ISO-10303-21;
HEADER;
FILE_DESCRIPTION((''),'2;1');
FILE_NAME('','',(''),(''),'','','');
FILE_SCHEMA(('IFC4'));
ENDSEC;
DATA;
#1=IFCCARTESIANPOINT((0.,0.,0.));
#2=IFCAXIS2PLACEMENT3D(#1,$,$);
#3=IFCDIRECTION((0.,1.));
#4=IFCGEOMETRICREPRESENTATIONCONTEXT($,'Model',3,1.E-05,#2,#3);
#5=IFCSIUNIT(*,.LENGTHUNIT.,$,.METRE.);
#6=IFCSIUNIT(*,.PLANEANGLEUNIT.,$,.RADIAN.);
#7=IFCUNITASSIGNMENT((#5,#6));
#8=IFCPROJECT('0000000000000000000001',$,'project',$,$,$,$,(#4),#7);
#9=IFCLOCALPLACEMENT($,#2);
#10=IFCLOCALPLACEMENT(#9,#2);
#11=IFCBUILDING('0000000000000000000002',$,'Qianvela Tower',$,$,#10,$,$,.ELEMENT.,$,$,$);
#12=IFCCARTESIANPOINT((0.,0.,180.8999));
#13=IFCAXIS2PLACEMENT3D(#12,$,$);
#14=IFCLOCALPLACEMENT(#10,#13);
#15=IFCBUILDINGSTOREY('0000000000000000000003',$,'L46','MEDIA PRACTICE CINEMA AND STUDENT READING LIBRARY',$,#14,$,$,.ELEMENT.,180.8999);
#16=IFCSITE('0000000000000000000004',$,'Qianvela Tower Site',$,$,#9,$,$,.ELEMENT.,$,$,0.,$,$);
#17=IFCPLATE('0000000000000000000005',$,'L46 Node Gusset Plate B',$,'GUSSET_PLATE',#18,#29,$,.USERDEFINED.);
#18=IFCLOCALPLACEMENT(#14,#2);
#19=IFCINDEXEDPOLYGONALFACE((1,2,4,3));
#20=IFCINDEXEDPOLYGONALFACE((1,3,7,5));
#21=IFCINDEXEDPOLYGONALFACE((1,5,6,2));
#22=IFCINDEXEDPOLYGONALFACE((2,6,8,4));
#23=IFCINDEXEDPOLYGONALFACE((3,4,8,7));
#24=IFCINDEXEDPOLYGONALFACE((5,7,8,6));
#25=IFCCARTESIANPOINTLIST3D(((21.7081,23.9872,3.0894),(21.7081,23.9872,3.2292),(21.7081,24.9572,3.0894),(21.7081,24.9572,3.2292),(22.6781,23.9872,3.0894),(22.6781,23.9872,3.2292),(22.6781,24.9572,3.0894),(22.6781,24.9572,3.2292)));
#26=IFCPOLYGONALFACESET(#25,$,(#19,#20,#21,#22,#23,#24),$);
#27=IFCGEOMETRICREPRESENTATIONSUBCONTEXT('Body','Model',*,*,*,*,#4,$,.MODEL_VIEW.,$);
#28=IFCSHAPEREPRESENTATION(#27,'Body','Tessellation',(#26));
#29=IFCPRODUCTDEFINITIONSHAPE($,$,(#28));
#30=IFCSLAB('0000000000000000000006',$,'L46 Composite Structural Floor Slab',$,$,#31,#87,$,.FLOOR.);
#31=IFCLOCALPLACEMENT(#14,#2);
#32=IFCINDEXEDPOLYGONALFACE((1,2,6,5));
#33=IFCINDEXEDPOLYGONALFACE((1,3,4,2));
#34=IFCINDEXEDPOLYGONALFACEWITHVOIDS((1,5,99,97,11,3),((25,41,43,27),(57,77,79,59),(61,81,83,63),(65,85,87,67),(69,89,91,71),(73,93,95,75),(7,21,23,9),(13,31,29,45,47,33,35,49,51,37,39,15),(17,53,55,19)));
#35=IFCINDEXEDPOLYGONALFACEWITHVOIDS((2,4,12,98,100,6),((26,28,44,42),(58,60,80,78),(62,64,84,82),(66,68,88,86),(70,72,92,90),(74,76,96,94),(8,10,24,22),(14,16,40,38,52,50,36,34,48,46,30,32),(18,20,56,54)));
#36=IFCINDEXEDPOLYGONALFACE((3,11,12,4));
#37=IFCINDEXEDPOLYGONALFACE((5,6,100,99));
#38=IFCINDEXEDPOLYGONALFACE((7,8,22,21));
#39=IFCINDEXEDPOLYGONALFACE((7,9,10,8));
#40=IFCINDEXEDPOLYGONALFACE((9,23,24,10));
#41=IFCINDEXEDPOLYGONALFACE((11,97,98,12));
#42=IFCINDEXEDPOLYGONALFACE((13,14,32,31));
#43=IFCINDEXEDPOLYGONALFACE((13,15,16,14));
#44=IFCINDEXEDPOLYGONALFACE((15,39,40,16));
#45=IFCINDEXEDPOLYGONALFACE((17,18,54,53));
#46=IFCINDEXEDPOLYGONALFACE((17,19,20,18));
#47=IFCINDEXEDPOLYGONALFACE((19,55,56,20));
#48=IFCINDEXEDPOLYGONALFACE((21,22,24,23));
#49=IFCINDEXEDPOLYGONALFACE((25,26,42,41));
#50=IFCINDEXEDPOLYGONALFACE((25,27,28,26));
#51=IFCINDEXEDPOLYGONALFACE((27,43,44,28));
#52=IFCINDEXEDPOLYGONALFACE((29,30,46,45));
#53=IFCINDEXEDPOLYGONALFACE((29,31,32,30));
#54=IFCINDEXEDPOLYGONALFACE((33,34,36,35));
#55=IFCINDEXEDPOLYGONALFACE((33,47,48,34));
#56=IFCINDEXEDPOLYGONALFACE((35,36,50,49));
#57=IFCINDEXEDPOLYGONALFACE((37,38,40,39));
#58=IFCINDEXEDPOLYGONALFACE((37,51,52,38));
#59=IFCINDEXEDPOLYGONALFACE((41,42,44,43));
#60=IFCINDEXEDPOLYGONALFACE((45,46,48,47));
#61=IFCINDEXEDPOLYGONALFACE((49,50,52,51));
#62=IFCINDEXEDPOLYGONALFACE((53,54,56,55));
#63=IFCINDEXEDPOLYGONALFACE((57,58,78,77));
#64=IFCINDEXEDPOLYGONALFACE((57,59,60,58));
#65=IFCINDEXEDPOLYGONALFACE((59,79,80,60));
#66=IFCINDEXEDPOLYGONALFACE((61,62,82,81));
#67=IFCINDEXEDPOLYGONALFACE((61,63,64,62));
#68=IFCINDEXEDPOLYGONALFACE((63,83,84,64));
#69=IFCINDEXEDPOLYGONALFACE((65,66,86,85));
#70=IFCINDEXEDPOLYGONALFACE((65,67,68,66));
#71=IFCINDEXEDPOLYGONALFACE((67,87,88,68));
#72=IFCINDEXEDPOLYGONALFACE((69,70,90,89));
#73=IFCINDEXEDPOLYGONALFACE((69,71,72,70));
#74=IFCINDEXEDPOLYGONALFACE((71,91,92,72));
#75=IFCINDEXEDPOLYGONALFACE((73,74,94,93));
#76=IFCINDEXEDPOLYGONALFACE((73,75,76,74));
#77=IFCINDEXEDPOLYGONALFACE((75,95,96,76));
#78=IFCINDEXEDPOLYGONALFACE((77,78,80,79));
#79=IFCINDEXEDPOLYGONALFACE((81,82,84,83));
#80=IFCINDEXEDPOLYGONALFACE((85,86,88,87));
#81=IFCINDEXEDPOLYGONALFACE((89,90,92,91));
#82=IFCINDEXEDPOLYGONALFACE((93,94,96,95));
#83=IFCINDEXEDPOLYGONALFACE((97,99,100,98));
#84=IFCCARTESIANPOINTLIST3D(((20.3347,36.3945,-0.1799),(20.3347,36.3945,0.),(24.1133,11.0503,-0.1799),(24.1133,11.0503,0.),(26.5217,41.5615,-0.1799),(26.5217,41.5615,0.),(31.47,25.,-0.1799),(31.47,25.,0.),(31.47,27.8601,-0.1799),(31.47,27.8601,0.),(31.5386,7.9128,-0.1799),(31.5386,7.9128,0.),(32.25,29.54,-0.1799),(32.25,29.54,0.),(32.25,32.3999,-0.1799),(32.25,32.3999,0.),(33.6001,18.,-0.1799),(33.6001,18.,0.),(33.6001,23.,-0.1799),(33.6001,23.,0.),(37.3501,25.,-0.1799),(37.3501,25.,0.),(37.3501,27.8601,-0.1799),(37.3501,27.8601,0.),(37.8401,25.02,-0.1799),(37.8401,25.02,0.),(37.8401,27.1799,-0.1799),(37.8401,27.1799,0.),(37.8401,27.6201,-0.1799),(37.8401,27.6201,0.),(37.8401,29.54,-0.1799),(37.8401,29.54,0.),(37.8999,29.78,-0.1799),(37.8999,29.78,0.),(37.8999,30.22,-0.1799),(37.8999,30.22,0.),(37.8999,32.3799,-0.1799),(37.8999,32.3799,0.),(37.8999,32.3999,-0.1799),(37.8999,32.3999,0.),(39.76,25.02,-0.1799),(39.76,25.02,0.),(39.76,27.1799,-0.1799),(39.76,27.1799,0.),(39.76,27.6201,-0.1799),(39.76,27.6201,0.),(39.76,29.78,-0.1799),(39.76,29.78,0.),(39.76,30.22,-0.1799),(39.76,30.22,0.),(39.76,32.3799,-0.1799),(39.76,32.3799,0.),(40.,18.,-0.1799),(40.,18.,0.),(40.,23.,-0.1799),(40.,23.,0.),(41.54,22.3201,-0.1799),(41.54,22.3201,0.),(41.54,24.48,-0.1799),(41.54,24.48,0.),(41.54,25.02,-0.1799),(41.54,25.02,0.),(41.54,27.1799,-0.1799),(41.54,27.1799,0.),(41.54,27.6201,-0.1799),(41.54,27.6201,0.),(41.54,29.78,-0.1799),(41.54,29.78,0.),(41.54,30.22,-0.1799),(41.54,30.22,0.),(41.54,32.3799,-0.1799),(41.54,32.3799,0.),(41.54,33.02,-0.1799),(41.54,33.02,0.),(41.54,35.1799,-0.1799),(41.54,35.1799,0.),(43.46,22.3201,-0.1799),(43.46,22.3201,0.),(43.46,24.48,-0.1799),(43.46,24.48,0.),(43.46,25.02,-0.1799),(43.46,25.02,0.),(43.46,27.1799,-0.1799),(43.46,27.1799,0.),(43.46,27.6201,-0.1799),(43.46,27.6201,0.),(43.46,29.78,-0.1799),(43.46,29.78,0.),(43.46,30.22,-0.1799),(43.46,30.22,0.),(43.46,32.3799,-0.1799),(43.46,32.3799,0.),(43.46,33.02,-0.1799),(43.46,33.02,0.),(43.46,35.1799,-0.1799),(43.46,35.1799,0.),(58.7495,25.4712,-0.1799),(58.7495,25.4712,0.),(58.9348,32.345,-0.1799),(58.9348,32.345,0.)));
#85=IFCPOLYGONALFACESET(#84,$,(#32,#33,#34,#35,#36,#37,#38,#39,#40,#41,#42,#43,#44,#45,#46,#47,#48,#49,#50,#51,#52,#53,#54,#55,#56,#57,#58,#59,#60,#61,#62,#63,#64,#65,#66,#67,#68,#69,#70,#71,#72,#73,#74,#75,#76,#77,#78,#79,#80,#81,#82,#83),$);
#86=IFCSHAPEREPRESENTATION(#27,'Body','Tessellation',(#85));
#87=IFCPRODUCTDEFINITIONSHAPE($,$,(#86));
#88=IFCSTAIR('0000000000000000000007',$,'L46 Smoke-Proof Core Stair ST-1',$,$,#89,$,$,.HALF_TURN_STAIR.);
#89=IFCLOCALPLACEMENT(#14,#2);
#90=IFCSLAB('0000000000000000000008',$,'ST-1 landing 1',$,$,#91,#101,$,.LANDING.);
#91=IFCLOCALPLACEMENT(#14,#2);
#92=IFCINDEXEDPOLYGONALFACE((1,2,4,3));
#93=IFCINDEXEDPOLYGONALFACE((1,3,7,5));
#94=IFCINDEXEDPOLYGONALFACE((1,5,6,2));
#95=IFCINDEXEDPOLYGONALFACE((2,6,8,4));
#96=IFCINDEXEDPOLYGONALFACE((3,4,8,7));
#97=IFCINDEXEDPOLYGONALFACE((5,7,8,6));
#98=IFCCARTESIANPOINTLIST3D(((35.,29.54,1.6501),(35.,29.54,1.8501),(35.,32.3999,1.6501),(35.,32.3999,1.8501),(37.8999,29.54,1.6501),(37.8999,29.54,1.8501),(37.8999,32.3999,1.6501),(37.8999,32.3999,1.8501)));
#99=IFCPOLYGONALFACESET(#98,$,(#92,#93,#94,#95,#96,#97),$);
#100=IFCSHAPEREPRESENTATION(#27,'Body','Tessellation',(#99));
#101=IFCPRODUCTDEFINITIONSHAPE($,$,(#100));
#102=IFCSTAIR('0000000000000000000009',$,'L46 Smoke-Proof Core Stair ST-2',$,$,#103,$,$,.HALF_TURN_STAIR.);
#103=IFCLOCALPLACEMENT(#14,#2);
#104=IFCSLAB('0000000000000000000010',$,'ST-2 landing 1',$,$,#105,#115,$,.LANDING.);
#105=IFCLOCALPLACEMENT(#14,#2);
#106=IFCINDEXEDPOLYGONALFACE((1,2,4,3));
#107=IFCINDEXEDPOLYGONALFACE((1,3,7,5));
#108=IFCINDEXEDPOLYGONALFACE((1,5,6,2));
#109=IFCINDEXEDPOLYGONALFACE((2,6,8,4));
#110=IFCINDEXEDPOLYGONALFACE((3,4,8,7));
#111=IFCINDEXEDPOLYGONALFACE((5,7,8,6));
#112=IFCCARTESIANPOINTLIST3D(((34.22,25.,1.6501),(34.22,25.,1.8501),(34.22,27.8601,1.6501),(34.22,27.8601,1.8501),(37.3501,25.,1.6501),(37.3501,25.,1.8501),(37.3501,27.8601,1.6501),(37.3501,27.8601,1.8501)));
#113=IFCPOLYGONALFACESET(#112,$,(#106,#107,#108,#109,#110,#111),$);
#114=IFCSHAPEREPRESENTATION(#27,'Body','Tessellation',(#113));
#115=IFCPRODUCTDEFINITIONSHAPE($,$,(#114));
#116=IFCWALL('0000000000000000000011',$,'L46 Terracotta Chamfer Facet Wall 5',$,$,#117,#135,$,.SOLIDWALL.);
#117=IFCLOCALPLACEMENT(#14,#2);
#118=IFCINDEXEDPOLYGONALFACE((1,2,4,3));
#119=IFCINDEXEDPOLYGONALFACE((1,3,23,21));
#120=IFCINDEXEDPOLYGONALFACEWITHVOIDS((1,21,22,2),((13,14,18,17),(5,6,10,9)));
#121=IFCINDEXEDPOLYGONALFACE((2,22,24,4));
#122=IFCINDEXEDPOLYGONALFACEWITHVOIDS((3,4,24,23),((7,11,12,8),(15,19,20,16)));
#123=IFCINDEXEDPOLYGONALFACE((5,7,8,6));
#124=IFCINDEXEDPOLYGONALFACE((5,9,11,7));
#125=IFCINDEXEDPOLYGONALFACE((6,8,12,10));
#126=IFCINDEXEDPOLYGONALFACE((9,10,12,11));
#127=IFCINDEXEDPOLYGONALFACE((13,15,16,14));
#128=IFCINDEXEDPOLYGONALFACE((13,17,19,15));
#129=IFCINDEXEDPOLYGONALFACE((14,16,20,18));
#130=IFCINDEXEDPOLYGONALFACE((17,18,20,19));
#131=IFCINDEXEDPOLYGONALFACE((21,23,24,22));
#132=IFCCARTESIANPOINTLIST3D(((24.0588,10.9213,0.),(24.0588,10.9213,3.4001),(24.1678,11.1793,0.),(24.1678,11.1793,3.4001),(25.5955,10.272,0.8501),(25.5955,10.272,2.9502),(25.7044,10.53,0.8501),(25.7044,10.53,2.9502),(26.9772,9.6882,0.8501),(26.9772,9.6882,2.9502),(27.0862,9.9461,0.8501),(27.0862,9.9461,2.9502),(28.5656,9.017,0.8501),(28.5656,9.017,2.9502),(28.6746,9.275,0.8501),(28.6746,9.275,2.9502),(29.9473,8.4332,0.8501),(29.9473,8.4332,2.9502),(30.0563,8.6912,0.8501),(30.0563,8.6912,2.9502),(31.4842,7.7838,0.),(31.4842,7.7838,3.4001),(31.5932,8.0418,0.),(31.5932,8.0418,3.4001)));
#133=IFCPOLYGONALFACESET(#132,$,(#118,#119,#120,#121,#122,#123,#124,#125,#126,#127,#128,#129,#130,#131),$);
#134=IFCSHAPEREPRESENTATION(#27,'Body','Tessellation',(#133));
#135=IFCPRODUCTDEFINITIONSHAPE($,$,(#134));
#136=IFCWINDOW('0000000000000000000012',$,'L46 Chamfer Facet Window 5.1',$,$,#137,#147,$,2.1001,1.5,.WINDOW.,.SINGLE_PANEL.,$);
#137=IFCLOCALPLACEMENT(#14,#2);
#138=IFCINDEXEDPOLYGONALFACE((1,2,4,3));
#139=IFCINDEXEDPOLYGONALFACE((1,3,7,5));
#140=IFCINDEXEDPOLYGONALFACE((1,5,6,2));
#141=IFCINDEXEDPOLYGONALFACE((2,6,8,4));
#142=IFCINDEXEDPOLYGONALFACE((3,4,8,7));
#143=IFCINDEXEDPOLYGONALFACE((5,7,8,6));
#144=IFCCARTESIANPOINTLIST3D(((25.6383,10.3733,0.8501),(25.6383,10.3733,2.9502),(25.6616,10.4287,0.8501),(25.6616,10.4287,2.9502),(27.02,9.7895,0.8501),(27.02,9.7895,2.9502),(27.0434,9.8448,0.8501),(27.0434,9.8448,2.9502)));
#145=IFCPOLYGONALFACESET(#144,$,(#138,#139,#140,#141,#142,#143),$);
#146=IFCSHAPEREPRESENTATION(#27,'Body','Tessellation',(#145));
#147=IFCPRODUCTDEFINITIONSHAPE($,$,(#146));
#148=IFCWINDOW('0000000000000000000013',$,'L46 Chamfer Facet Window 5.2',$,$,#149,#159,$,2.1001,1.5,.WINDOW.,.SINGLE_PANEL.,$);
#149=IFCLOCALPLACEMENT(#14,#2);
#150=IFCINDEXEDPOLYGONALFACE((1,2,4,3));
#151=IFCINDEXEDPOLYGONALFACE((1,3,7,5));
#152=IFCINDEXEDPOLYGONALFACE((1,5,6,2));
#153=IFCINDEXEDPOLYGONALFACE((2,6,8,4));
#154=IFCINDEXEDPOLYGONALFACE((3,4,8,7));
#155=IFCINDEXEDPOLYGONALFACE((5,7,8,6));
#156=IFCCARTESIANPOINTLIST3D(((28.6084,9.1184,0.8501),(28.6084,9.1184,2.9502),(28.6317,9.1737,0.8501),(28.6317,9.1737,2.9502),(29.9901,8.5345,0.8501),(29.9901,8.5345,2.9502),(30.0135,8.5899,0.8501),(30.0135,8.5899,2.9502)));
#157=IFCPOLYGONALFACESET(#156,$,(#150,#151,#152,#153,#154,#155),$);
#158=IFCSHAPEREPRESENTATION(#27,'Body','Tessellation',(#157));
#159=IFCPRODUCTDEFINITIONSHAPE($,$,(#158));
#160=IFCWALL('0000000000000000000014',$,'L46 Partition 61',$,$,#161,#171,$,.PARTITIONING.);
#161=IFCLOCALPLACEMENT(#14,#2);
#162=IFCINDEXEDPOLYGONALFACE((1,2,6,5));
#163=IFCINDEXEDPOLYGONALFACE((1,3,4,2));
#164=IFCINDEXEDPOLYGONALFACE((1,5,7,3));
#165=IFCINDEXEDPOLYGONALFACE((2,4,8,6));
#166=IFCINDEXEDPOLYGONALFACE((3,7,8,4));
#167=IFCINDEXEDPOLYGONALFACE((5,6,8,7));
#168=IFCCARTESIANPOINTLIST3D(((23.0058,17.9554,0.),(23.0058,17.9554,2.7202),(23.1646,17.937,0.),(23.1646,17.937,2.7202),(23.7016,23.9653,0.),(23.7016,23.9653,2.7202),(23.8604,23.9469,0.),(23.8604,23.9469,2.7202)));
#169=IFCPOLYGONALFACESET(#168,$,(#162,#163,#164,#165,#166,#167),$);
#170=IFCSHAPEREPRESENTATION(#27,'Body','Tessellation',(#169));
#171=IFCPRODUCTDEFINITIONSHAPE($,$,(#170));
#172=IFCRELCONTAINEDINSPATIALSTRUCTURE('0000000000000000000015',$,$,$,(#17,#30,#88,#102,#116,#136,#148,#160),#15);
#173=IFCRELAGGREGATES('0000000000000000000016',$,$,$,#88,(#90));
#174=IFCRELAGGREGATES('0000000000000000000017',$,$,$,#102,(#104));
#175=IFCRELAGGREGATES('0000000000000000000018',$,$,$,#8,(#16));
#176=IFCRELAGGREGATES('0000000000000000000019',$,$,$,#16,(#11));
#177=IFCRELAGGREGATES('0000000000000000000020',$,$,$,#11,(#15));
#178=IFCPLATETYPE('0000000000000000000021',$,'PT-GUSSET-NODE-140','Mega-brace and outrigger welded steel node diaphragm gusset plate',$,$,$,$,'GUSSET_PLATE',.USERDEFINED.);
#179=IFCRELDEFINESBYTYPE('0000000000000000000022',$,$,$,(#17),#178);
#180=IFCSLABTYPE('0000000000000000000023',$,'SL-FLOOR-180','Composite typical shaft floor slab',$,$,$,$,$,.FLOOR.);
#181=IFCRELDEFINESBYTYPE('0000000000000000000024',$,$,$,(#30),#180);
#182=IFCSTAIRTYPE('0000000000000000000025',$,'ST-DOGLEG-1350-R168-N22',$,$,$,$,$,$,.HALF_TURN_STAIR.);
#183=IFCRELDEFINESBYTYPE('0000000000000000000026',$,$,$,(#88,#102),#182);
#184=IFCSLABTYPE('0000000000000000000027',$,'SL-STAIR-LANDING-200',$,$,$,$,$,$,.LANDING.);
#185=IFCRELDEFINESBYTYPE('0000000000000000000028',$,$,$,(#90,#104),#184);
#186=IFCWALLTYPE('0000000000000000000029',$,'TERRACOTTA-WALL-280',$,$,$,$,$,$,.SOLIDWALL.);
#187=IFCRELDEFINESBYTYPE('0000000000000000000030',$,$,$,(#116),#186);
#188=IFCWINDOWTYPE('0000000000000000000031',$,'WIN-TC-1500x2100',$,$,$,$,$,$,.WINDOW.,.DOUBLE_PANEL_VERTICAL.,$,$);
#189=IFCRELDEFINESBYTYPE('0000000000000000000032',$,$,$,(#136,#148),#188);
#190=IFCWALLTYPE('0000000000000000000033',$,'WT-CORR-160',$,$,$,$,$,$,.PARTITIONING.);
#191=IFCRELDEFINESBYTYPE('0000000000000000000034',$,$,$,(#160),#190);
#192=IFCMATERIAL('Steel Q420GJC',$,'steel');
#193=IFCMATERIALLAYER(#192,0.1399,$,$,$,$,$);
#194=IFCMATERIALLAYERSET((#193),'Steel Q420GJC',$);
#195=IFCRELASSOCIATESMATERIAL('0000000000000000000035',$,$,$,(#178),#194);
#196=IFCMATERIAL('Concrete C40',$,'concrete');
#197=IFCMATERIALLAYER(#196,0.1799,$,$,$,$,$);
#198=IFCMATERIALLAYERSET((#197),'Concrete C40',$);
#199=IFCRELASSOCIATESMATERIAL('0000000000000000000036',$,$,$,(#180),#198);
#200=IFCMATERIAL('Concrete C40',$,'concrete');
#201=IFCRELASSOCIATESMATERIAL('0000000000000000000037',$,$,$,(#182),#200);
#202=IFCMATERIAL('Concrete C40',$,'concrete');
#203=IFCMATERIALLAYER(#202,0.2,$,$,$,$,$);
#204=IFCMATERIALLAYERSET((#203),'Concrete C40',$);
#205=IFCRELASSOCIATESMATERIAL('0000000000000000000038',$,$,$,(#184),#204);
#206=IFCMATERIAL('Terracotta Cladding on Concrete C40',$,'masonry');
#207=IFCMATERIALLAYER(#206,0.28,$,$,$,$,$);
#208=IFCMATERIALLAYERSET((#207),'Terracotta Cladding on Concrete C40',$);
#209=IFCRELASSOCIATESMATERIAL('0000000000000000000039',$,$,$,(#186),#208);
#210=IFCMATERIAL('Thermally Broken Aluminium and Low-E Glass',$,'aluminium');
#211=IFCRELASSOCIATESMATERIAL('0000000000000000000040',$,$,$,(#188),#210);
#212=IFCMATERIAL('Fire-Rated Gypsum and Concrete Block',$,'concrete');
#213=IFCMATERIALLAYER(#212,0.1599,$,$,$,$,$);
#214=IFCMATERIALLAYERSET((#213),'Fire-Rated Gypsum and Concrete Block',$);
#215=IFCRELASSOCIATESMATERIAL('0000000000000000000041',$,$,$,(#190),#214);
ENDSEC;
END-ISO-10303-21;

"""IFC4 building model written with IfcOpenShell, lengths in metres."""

from ifc_helpers import new_model, si_unit, direction, frame, frame_2d, origin, origin_2d, place, context, subcontext, project, spatial, polyline, rectangle, outline, extrude, material, layer, layer_set, type_object, element, fill, aggregate, save


model = new_model("IFC4")

# Units and contexts
model_context = context("Model", 3, precision=1e-05, world=origin(), true_north=direction((0.0, 1.0)))
body_context = subcontext(model_context, "Body", "Model", "MODEL_VIEW")
ifc_project = project(units=[si_unit("LENGTHUNIT", "METRE"), si_unit("PLANEANGLEUNIT", "RADIAN")], contexts=[model_context])

# Site, building, storey
site_placement = place(None, origin())
site = spatial("IfcSite", under=ifc_project, at=site_placement, Name="Qianvela Tower Site", CompositionType="ELEMENT", RefElevation=0.0)
building_placement = place(site_placement, origin())
building = spatial("IfcBuilding", under=site, at=building_placement, Name="Qianvela Tower", CompositionType="ELEMENT")
storey_placement = place(building_placement, frame((0.0, 0.0, 180.8999)))
storey = spatial("IfcBuildingStorey", under=building, at=storey_placement, Name="L46", Description="MEDIA PRACTICE CINEMA AND STUDENT READING LIBRARY", CompositionType="ELEMENT", Elevation=180.8999)

# Plate
ifc_material_1 = material(Name="Steel Q420GJC", Category="steel")
ifc_layer_1 = layer(ifc_material_1, 0.1399)
ifc_layer_set_1 = layer_set([ifc_layer_1], Name="Steel Q420GJC")
plate_type_1 = type_object("IfcPlateType", Name="PT-GUSSET-NODE-140", Description="Mega-brace and outrigger welded steel node diaphragm gusset plate", ElementType="GUSSET_PLATE", PredefinedType="USERDEFINED", material=ifc_layer_set_1)
for number, where, z_axis, x_axis, name in (
    (1, (22.1931, 24.4722, 3.0894), (0.0, 0.0, 1.0), (1.0, 0.0, 0.0), "L46 Node Gusset Plate B"),
):
    element("IfcPlate", number, at=place(storey_placement, frame(where, z_axis=z_axis, x_axis=x_axis)), inside=storey, type_object=plate_type_1, Name=name, ObjectType="GUSSET_PLATE", PredefinedType="USERDEFINED", context=body_context, shape_type="SweptSolid", body=[
        extrude(rectangle(XDim=0.97, YDim=0.97, at=origin_2d()), origin(), (0.0, 0.0, 1.0), 0.1399),
    ])

# Slab
ifc_material_2 = material(Name="Concrete C40", Category="concrete")
ifc_layer_2 = layer(ifc_material_2, 0.1799)
ifc_layer_set_2 = layer_set([ifc_layer_2], Name="Concrete C40")
slab_type_1 = type_object("IfcSlabType", Name="SL-FLOOR-180", Description="Composite typical shaft floor slab", PredefinedType="FLOOR", material=ifc_layer_set_2)
slab_1_placement = place(storey_placement, frame((0.0, 0.0, -0.1799)))
element("IfcSlab", 2, at=slab_1_placement, inside=storey, type_object=slab_type_1, Name="L46 Composite Structural Floor Slab", PredefinedType="FLOOR", context=body_context, shape_type="SweptSolid", body=[
    extrude(outline(polyline([(58.7495, 25.4712), (58.9348, 32.345), (26.5217, 41.5615), (20.3347, 36.3945), (24.1133, 11.0503), (31.5386, 7.9128), (58.7495, 25.4712)]), holes=[polyline([(40.0, 23.0), (33.6001, 23.0), (33.6001, 18.0), (40.0, 18.0), (40.0, 23.0)]), polyline([(39.76, 27.1799), (37.8401, 27.1799), (37.8401, 25.02), (39.76, 25.02), (39.76, 27.1799)]), polyline([(37.3501, 27.8601), (31.47, 27.8601), (31.47, 25.0), (37.3501, 25.0), (37.3501, 27.8601)]), polyline([(37.8401, 27.6201), (39.76, 27.6201), (39.76, 29.78), (37.8999, 29.78), (37.8999, 30.22), (39.76, 30.22), (39.76, 32.3799), (37.8999, 32.3799), (37.8999, 32.3999), (32.25, 32.3999), (32.25, 29.54), (37.8401, 29.54), (37.8401, 27.6201)]), polyline([(43.46, 22.3201), (43.46, 24.48), (41.54, 24.48), (41.54, 22.3201), (43.46, 22.3201)]), polyline([(43.46, 25.02), (43.46, 27.1799), (41.54, 27.1799), (41.54, 25.02), (43.46, 25.02)]), polyline([(43.46, 29.78), (41.54, 29.78), (41.54, 27.6201), (43.46, 27.6201), (43.46, 29.78)]), polyline([(43.46, 30.22), (43.46, 32.3799), (41.54, 32.3799), (41.54, 30.22), (43.46, 30.22)]), polyline([(43.46, 33.02), (43.46, 35.1799), (41.54, 35.1799), (41.54, 33.02), (43.46, 33.02)])]), origin(), (0.0, 0.0, 1.0), 0.1799),
])

# Stairs, slabs
ifc_material_3 = material(Name="Concrete C40", Category="concrete")
stair_type = type_object("IfcStairType", Name="ST-DOGLEG-1350-R168-N22", PredefinedType="HALF_TURN_STAIR", material=ifc_material_3)
stair_1_placement = place(storey_placement, origin())
stair_1 = element("IfcStair", 3, at=stair_1_placement, inside=storey, type_object=stair_type, Name="L46 Smoke-Proof Core Stair ST-1", PredefinedType="HALF_TURN_STAIR")
ifc_material_4 = material(Name="Concrete C40", Category="concrete")
ifc_layer_3 = layer(ifc_material_4, 0.2)
ifc_layer_set_3 = layer_set([ifc_layer_3], Name="Concrete C40")
slab_type_2 = type_object("IfcSlabType", Name="SL-STAIR-LANDING-200", PredefinedType="LANDING", material=ifc_layer_set_3)
slab_2_placement = place(storey_placement, frame((0.0, 0.0, 1.6501)))
slab_2 = element("IfcSlab", 4, at=slab_2_placement, type_object=slab_type_2, Name="ST-1 landing 1", PredefinedType="LANDING", context=body_context, shape_type="SweptSolid", body=[
    extrude(outline(polyline([(35.0, 29.54), (37.8999, 29.54), (37.8999, 32.3999), (35.0, 32.3999), (35.0, 29.54)])), origin(), (0.0, 0.0, 1.0), 0.2),
])
aggregate(stair_1, [slab_2])
stair_2_placement = place(storey_placement, origin())
stair_2 = element("IfcStair", 5, at=stair_2_placement, inside=storey, type_object=stair_type, Name="L46 Smoke-Proof Core Stair ST-2", PredefinedType="HALF_TURN_STAIR")
slab_3_placement = place(storey_placement, frame((0.0, 0.0, 1.6501)))
slab_3 = element("IfcSlab", 6, at=slab_3_placement, type_object=slab_type_2, Name="ST-2 landing 1", PredefinedType="LANDING", context=body_context, shape_type="SweptSolid", body=[
    extrude(outline(polyline([(34.22, 25.0), (37.3501, 25.0), (37.3501, 27.8601), (34.22, 27.8601), (34.22, 25.0)])), origin(), (0.0, 0.0, 1.0), 0.2),
])
aggregate(stair_2, [slab_3])

# Wall, openings, windows
ifc_material_5 = material(Name="Terracotta Cladding on Concrete C40", Category="masonry")
ifc_layer_4 = layer(ifc_material_5, 0.28)
ifc_layer_set_4 = layer_set([ifc_layer_4], Name="Terracotta Cladding on Concrete C40")
wall_type_1 = type_object("IfcWallType", Name="TERRACOTTA-WALL-280", PredefinedType="SOLIDWALL", material=ifc_layer_set_4)
wall_1_placement = place(storey_placement, frame((24.1133, 11.0503, 0.0), z_axis=(0.0, 0.0, 1.0), x_axis=(0.921146, -0.389217, 0.0)))
wall_1 = element("IfcWall", 7, at=wall_1_placement, inside=storey, type_object=wall_type_1, Name="L46 Terracotta Chamfer Facet Wall 5", PredefinedType="SOLIDWALL", context=body_context, shape_type="SweptSolid", body=[
    extrude(rectangle(XDim=8.061, YDim=0.28, at=frame_2d((4.0305, 0.0))), origin(), (0.0, 0.0, 1.0), 3.4001),
])
opening_1_placement = place(wall_1_placement, frame((1.6682, 0.0, 0.8501)))
opening_1 = element("IfcOpeningElement", 8, at=opening_1_placement, cuts=wall_1, PredefinedType="OPENING", context=body_context, shape_type="SweptSolid", body=[
    extrude(rectangle(XDim=1.5, YDim=2.1001, at=frame_2d((0.75, 1.05))), frame((0.0, 0.1499, 0.0), z_axis=(0.0, -1.0, 0.0), x_axis=(1.0, 0.0, 0.0)), (0.0, 0.0, 1.0), 0.3),
])
opening_2_placement = place(wall_1_placement, frame((4.8926, 0.0, 0.8501)))
opening_2 = element("IfcOpeningElement", 9, at=opening_2_placement, cuts=wall_1, PredefinedType="OPENING", context=body_context, shape_type="SweptSolid", body=[
    extrude(rectangle(XDim=1.5, YDim=2.1001, at=frame_2d((0.75, 1.05))), frame((0.0, 0.1499, 0.0), z_axis=(0.0, -1.0, 0.0), x_axis=(1.0, 0.0, 0.0)), (0.0, 0.0, 1.0), 0.3),
])
ifc_material_6 = material(Name="Thermally Broken Aluminium and Low-E Glass", Category="aluminium")
window_type = type_object("IfcWindowType", Name="WIN-TC-1500x2100", PartitioningType="DOUBLE_PANEL_VERTICAL", PredefinedType="WINDOW", material=ifc_material_6)
window_1_placement = place(opening_1_placement, origin())
window_1 = element("IfcWindow", 10, at=window_1_placement, inside=storey, type_object=window_type, Name="L46 Chamfer Facet Window 5.1", OverallHeight=2.1001, OverallWidth=1.5, PartitioningType="SINGLE_PANEL", PredefinedType="WINDOW", context=body_context, shape_type="SweptSolid", body=[
    extrude(rectangle(XDim=1.5, YDim=2.1001, at=frame_2d((0.75, 1.05))), frame((0.0, 0.03, 0.0), z_axis=(0.0, -1.0, 0.0), x_axis=(1.0, 0.0, 0.0)), (0.0, 0.0, 1.0), 0.0601),
])
fill(opening_1, window_1)
window_2_placement = place(opening_2_placement, origin())
window_2 = element("IfcWindow", 11, at=window_2_placement, inside=storey, type_object=window_type, Name="L46 Chamfer Facet Window 5.2", OverallHeight=2.1001, OverallWidth=1.5, PartitioningType="SINGLE_PANEL", PredefinedType="WINDOW", context=body_context, shape_type="SweptSolid", body=[
    extrude(rectangle(XDim=1.5, YDim=2.1001, at=frame_2d((0.75, 1.05))), frame((0.0, 0.03, 0.0), z_axis=(0.0, -1.0, 0.0), x_axis=(1.0, 0.0, 0.0)), (0.0, 0.0, 1.0), 0.0601),
])
fill(opening_2, window_2)

# Wall
ifc_material_7 = material(Name="Fire-Rated Gypsum and Concrete Block", Category="concrete")
ifc_layer_5 = layer(ifc_material_7, 0.1599)
ifc_layer_set_5 = layer_set([ifc_layer_5], Name="Fire-Rated Gypsum and Concrete Block")
wall_type_2 = type_object("IfcWallType", Name="WT-CORR-160", PredefinedType="PARTITIONING", material=ifc_layer_set_5)
wall_2_placement = place(storey_placement, frame((23.0852, 17.9463, 0.0), z_axis=(0.0, 0.0, 1.0), x_axis=(0.115005, 0.993365, 0.0)))
element("IfcWall", 12, at=wall_2_placement, inside=storey, type_object=wall_type_2, Name="L46 Partition 61", PredefinedType="PARTITIONING", context=body_context, shape_type="SweptSolid", body=[
    extrude(rectangle(XDim=6.05, YDim=0.1599, at=frame_2d((3.0249, 0.0))), origin(), (0.0, 0.0, 1.0), 2.7202),
])

save(model, "model.ifc")
